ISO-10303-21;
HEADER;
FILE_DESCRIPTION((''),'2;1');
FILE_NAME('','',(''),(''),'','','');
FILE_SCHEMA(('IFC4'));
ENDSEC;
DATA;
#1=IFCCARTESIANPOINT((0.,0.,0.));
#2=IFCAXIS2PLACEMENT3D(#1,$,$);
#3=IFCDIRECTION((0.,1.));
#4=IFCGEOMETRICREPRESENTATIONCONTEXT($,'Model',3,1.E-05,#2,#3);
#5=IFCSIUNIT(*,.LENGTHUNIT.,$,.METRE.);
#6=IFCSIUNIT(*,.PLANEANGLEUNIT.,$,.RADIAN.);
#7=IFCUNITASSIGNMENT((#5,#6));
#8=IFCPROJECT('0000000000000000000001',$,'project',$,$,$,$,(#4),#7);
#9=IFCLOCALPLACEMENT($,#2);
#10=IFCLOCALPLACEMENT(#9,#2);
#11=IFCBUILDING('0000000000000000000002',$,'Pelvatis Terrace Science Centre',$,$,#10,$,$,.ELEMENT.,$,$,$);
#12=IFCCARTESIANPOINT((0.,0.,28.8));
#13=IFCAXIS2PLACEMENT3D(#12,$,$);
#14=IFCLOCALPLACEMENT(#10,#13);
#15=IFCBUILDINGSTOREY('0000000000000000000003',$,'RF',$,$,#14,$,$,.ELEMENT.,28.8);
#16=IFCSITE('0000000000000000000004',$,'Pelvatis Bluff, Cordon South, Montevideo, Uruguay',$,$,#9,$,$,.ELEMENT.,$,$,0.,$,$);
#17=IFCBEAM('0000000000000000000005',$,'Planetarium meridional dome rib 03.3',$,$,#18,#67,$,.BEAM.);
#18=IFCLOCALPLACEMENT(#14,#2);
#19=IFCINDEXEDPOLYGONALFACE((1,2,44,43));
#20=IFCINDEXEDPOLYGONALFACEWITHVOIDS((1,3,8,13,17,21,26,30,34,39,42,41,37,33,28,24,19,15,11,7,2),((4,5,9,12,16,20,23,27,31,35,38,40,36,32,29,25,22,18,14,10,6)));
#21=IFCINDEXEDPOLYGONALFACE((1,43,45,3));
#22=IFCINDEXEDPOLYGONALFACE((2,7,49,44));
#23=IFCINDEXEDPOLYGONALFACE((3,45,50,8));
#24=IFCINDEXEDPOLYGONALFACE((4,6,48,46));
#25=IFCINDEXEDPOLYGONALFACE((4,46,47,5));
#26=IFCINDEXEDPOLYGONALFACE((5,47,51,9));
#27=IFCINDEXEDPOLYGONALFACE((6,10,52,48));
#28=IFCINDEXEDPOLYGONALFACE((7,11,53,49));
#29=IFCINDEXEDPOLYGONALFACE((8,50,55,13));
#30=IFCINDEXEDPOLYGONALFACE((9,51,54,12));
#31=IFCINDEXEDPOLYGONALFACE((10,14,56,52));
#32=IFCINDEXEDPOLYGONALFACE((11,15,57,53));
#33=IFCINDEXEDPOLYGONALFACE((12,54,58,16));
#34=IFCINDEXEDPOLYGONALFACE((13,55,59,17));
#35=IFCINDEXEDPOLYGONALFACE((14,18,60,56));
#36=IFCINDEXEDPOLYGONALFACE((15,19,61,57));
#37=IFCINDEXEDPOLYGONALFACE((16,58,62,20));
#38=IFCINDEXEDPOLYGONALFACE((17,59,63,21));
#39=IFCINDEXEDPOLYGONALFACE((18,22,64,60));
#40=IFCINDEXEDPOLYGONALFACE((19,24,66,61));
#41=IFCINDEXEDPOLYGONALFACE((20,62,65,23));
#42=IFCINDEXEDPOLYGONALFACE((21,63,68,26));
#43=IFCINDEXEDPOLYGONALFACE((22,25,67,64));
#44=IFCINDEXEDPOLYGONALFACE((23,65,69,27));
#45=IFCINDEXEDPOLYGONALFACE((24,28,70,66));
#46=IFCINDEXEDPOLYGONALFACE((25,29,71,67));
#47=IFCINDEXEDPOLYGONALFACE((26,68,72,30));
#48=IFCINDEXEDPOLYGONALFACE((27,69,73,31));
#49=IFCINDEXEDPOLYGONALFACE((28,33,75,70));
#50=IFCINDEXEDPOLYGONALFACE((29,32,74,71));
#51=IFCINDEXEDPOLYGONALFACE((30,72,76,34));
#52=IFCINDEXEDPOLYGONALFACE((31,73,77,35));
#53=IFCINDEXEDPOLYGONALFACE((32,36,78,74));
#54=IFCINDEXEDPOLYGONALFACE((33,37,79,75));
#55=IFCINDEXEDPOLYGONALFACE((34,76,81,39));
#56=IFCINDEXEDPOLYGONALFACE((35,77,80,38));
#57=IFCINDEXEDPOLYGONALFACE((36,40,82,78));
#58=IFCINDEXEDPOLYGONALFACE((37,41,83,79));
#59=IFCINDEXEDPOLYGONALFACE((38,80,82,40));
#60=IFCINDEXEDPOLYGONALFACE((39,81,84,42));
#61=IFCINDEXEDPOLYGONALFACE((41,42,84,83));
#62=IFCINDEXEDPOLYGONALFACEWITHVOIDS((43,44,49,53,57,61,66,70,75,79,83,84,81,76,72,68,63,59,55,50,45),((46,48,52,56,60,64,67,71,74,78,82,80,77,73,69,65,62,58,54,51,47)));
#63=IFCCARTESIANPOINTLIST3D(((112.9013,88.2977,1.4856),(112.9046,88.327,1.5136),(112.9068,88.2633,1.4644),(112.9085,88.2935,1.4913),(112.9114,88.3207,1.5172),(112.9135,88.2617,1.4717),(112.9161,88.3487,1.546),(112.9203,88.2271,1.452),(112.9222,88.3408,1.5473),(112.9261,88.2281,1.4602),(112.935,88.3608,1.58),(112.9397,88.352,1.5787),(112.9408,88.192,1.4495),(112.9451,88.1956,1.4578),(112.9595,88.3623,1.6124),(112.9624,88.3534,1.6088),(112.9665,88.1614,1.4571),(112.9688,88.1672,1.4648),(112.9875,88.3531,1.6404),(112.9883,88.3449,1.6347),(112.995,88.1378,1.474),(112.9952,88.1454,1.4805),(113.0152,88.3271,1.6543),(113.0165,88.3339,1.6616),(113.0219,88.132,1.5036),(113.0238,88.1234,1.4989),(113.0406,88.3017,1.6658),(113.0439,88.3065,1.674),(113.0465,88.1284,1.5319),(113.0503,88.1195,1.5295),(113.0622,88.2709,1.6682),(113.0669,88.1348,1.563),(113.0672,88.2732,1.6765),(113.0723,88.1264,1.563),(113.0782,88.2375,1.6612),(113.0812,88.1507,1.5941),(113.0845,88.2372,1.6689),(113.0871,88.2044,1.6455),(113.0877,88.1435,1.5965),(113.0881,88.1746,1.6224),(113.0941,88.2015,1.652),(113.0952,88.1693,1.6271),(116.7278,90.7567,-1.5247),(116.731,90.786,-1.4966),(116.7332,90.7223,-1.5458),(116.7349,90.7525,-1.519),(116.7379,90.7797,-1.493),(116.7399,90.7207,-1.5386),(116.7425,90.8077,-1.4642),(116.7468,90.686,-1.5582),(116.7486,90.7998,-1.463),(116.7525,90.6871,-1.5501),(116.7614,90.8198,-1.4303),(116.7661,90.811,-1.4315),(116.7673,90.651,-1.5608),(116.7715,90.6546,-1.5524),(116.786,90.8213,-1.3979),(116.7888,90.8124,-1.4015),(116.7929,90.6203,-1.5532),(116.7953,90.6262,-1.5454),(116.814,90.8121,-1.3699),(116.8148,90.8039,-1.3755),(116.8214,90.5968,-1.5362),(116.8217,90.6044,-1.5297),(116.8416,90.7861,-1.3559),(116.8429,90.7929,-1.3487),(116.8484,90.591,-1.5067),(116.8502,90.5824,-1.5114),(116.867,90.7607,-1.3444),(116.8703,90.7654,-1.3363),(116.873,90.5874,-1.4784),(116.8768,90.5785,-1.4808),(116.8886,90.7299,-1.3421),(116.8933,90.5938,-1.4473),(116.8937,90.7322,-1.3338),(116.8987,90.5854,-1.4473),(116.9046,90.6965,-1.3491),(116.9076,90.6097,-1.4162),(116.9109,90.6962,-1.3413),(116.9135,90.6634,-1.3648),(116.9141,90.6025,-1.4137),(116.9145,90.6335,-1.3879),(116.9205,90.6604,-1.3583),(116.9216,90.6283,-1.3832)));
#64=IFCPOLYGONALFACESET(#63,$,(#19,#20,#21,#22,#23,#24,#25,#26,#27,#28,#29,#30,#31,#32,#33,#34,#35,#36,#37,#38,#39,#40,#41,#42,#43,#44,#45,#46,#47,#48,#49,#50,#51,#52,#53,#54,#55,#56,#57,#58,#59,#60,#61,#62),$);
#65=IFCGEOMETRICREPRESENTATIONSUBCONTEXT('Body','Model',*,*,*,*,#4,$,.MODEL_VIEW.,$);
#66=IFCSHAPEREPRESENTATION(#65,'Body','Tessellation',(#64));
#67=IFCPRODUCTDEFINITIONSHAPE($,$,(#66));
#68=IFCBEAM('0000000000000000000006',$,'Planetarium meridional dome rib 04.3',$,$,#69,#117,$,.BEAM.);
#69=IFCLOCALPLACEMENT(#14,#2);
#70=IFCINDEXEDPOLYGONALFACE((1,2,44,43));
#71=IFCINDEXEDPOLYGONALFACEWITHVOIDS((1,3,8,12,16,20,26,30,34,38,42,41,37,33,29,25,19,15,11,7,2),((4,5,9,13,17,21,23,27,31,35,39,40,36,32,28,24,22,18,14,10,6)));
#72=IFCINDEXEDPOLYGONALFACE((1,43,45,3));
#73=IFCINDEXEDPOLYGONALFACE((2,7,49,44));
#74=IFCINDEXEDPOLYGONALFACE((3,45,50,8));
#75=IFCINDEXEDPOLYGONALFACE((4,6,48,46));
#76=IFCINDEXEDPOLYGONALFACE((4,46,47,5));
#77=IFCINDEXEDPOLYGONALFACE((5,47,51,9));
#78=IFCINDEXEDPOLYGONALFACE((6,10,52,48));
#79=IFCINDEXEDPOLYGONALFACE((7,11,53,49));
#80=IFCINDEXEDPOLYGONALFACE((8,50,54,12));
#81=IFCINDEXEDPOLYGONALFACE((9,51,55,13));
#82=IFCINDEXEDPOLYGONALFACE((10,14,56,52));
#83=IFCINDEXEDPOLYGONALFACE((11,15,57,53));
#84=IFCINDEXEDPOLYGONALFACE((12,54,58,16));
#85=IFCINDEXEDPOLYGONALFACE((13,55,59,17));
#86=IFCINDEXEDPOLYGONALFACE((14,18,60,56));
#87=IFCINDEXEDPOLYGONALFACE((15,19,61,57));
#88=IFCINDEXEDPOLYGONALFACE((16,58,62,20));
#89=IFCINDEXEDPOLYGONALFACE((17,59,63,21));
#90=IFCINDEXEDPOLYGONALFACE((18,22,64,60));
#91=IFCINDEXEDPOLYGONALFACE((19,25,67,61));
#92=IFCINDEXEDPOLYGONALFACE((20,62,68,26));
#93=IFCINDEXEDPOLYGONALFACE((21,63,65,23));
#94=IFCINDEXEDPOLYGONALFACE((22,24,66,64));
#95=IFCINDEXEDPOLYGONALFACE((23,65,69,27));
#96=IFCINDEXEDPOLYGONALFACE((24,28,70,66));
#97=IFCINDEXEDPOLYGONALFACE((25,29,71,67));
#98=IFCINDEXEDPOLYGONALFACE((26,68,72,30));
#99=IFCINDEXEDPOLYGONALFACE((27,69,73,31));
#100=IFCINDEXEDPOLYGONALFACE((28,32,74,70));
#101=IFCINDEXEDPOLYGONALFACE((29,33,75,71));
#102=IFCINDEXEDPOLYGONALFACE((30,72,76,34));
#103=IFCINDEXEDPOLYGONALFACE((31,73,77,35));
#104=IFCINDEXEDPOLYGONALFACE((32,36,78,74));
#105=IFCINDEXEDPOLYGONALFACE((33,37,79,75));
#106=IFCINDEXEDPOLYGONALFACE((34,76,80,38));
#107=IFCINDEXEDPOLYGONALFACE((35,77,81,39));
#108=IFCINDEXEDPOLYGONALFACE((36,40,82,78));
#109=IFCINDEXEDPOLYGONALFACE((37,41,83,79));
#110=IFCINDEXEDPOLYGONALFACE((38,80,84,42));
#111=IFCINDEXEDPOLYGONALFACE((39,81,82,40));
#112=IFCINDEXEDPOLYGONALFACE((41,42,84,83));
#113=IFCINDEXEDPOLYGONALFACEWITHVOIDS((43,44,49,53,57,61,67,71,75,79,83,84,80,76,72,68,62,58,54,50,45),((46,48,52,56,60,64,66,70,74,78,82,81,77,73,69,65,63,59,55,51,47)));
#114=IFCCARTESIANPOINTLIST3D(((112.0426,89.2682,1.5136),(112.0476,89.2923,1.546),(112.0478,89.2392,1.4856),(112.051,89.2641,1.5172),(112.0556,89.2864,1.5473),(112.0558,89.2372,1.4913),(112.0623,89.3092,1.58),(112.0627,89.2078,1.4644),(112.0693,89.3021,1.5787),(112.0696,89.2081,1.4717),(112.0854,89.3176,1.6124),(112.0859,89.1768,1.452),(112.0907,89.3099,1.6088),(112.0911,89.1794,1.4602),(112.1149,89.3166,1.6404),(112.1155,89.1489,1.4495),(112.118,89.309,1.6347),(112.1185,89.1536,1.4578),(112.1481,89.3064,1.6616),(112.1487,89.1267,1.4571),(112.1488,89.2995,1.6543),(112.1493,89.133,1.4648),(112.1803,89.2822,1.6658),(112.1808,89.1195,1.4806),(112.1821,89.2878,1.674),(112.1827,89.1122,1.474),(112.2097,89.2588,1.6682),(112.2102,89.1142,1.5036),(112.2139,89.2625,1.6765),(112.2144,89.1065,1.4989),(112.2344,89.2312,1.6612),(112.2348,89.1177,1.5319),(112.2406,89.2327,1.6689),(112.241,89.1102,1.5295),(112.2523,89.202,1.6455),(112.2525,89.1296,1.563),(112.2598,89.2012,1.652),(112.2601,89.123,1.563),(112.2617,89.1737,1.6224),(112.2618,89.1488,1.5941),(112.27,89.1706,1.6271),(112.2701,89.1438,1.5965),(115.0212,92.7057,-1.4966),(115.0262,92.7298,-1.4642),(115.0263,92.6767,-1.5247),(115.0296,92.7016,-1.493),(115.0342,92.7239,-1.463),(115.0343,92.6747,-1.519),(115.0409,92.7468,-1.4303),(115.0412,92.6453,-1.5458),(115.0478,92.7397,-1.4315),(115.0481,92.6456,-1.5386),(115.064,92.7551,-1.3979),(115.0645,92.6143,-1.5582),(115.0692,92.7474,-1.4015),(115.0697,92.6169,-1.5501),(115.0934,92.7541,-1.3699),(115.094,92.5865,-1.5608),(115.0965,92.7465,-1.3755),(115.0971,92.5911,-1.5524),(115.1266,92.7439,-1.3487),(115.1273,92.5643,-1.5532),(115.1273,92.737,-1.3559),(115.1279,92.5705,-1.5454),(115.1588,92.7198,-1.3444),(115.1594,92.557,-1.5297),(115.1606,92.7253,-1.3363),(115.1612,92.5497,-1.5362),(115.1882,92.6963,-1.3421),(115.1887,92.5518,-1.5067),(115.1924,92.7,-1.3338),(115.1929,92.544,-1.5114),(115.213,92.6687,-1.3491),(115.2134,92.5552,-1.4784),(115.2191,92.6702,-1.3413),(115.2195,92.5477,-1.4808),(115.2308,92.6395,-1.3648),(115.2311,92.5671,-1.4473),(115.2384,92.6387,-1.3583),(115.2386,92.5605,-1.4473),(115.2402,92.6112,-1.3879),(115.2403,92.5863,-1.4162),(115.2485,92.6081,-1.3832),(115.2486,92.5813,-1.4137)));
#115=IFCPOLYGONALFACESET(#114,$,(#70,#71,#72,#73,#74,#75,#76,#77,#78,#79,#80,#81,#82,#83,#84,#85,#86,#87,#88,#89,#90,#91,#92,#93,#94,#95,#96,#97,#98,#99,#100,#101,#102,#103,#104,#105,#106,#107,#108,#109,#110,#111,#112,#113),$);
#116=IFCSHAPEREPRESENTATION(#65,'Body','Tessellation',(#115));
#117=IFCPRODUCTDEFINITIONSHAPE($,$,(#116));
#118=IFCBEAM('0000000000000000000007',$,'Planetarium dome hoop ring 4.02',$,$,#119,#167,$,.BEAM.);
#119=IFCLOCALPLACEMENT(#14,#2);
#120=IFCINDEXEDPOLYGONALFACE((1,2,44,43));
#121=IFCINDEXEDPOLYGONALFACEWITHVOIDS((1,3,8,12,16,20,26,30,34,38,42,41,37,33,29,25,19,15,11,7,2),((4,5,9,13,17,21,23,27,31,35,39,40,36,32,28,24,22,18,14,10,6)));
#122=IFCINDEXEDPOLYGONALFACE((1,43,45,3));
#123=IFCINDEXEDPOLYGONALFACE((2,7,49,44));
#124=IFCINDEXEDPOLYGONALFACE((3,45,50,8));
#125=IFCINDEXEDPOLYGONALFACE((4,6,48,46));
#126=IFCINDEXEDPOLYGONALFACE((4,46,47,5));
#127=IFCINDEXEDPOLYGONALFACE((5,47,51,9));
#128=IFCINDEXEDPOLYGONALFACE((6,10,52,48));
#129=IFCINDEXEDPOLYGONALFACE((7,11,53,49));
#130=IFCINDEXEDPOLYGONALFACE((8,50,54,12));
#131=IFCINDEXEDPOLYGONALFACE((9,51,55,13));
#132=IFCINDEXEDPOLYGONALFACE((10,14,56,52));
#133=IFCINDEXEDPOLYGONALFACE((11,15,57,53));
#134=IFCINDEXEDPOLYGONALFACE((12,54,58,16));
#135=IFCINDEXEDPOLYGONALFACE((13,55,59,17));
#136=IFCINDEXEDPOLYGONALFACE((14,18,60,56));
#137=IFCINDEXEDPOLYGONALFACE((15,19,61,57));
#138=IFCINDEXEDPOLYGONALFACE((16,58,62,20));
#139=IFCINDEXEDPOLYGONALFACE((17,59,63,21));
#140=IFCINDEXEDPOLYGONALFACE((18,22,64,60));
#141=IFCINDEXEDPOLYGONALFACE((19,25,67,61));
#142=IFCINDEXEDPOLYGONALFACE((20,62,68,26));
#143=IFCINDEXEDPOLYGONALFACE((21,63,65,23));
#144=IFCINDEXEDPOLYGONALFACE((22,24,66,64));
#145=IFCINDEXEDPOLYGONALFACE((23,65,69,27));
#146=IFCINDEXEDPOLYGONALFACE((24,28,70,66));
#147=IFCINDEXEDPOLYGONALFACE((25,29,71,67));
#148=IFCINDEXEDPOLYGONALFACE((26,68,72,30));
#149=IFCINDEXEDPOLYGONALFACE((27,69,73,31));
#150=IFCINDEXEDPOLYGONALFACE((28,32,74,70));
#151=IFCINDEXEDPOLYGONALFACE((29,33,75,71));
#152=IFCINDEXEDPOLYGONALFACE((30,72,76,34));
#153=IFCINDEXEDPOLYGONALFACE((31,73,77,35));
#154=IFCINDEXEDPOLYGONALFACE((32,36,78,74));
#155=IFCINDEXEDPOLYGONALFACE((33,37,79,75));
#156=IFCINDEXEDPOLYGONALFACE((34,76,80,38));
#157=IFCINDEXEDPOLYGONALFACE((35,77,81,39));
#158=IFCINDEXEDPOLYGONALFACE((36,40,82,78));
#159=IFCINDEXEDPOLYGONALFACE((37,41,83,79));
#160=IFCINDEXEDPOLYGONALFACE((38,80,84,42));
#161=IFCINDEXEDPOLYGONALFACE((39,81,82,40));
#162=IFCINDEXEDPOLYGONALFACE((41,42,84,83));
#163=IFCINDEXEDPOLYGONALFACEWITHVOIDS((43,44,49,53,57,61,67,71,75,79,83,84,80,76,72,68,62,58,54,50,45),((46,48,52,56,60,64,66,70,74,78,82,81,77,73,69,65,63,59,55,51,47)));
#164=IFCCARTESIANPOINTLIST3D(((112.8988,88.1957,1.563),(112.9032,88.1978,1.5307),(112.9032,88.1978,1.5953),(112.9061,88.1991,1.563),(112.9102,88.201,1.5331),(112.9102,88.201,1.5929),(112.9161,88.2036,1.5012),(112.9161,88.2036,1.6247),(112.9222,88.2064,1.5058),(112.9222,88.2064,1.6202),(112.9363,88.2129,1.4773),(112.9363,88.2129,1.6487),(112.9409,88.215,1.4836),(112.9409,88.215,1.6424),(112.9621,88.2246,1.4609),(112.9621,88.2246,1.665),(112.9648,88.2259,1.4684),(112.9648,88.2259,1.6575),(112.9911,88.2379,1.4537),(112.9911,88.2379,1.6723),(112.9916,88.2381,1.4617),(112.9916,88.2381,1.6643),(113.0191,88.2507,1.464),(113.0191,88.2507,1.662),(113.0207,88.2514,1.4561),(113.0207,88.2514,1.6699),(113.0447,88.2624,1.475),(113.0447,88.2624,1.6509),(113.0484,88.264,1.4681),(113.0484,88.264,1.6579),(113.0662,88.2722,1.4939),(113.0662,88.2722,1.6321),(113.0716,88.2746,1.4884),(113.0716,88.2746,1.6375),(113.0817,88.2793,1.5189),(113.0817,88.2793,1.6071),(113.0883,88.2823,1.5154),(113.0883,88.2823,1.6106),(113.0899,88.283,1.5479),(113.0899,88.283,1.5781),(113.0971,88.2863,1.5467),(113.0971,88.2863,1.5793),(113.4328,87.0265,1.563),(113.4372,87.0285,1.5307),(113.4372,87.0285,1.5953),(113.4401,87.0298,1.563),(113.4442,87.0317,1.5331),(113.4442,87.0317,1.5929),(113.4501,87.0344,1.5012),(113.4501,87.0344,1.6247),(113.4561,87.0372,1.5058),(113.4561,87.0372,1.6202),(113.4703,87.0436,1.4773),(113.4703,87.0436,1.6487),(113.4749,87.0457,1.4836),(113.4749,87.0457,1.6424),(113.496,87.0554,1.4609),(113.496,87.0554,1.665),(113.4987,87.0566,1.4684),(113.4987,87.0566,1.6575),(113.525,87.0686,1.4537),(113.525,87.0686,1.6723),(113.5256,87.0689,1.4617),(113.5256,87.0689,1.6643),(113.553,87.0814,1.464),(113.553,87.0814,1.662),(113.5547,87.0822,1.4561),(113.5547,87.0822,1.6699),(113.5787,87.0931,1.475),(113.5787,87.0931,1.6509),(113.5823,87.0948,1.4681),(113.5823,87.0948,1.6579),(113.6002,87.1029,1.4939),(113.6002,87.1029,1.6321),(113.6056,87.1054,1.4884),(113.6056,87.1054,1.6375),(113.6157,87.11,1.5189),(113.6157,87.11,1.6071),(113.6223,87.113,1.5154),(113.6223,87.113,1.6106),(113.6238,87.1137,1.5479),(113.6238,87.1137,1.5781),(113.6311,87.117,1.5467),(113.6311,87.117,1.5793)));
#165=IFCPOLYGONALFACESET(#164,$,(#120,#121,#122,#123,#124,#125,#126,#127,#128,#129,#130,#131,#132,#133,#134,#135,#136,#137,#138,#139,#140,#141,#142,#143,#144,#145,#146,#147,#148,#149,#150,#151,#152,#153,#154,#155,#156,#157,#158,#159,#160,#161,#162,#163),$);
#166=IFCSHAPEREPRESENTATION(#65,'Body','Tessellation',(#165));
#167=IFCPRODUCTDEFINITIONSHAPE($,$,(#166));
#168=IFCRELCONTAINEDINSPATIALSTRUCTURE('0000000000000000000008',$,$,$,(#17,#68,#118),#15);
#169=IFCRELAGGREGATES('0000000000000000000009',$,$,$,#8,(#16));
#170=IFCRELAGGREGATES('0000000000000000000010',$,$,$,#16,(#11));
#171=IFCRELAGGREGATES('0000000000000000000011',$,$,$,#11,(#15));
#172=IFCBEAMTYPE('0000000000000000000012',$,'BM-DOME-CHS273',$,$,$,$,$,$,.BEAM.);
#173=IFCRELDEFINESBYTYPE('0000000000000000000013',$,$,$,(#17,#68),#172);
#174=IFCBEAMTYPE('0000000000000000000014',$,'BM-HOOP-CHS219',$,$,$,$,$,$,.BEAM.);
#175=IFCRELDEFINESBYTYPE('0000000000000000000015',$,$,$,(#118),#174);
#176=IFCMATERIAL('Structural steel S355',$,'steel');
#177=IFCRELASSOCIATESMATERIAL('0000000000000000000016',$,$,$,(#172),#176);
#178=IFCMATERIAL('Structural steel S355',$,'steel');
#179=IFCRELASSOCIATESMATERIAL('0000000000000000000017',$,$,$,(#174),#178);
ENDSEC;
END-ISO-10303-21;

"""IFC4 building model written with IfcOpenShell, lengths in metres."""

from ifc_helpers import new_model, si_unit, direction, frame, origin, origin_2d, place, context, subcontext, project, spatial, hollow_circle, extrude, material, material_profile, profile_set, type_object, element, save


model = new_model("IFC4")

# Units and contexts
model_context = context("Model", 3, precision=1e-05, world=origin(), true_north=direction((0.0, 1.0)))
body_context = subcontext(model_context, "Body", "Model", "MODEL_VIEW")
ifc_project = project(units=[si_unit("LENGTHUNIT", "METRE"), si_unit("PLANEANGLEUNIT", "RADIAN")], contexts=[model_context])

# Site, building, storey
site_placement = place(None, origin())
site = spatial("IfcSite", under=ifc_project, at=site_placement, Name="Pelvatis Bluff, Cordon South, Montevideo, Uruguay", CompositionType="ELEMENT", RefElevation=0.0)
building_placement = place(site_placement, origin())
building = spatial("IfcBuilding", under=site, at=building_placement, Name="Pelvatis Terrace Science Centre", CompositionType="ELEMENT")
storey_placement = place(building_placement, frame((0.0, 0.0, 28.8)))
storey = spatial("IfcBuildingStorey", under=building, at=storey_placement, Name="RF", CompositionType="ELEMENT", Elevation=28.8)

# Beams
ifc_material_1 = material(Name="Structural steel S355", Category="steel")
ifc_material_profile_1 = material_profile(ifc_material_1, hollow_circle(Radius=0.1365, WallThickness=0.01, at=origin_2d()), Name="CHS 273.0x10.0")
ifc_profile_set_1 = profile_set([ifc_material_profile_1], Name="Structural steel S355")
beam_type_1 = type_object("IfcBeamType", Name="BM-DOME-CHS273", PredefinedType="BEAM", material=ifc_profile_set_1)
for number, where, z_axis, x_axis, name in (
    (1, (116.825, 90.7002, -1.4473), (-0.701538, -0.450832, 0.551902), (0.540625, -0.841264, 0.0), "Planetarium meridional dome rib 03.3"),
    (2, (115.1355, 92.6499, -1.4473), (-0.546084, -0.630235, 0.551903), (0.75576, -0.654849, 0.0), "Planetarium meridional dome rib 04.3"),
):
    element("IfcBeam", number, at=place(storey_placement, frame(where, z_axis=z_axis, x_axis=x_axis)), inside=storey, type_object=beam_type_1, Name=name, PredefinedType="BEAM", context=body_context, shape_type="SweptSolid", body=[
        extrude(hollow_circle(Radius=0.1365, WallThickness=0.01, at=origin_2d()), origin(), (0.0, 0.0, 1.0), 5.4543),
    ])
ifc_material_2 = material(Name="Structural steel S355", Category="steel")
ifc_material_profile_2 = material_profile(ifc_material_2, hollow_circle(Radius=0.1096, WallThickness=0.0081, at=origin_2d()), Name="CHS 219.1x8.0")
ifc_profile_set_2 = profile_set([ifc_material_profile_2], Name="Structural steel S355")
beam_type_2 = type_object("IfcBeamType", Name="BM-HOOP-CHS219", PredefinedType="BEAM", material=ifc_profile_set_2)
beam_1_placement = place(storey_placement, frame((113.5325, 87.072, 1.563), z_axis=(-0.415405, 0.909637, 0.0), x_axis=(-0.909637, -0.415405, 0.0)))
element("IfcBeam", 3, at=beam_1_placement, inside=storey, type_object=beam_type_2, Name="Planetarium dome hoop ring 4.02", PredefinedType="BEAM", context=body_context, shape_type="SweptSolid", body=[
    extrude(hollow_circle(Radius=0.1096, WallThickness=0.0081, at=origin_2d()), origin(), (0.0, 0.0, 1.0), 1.2854),
])

save(model, "model.ifc")
